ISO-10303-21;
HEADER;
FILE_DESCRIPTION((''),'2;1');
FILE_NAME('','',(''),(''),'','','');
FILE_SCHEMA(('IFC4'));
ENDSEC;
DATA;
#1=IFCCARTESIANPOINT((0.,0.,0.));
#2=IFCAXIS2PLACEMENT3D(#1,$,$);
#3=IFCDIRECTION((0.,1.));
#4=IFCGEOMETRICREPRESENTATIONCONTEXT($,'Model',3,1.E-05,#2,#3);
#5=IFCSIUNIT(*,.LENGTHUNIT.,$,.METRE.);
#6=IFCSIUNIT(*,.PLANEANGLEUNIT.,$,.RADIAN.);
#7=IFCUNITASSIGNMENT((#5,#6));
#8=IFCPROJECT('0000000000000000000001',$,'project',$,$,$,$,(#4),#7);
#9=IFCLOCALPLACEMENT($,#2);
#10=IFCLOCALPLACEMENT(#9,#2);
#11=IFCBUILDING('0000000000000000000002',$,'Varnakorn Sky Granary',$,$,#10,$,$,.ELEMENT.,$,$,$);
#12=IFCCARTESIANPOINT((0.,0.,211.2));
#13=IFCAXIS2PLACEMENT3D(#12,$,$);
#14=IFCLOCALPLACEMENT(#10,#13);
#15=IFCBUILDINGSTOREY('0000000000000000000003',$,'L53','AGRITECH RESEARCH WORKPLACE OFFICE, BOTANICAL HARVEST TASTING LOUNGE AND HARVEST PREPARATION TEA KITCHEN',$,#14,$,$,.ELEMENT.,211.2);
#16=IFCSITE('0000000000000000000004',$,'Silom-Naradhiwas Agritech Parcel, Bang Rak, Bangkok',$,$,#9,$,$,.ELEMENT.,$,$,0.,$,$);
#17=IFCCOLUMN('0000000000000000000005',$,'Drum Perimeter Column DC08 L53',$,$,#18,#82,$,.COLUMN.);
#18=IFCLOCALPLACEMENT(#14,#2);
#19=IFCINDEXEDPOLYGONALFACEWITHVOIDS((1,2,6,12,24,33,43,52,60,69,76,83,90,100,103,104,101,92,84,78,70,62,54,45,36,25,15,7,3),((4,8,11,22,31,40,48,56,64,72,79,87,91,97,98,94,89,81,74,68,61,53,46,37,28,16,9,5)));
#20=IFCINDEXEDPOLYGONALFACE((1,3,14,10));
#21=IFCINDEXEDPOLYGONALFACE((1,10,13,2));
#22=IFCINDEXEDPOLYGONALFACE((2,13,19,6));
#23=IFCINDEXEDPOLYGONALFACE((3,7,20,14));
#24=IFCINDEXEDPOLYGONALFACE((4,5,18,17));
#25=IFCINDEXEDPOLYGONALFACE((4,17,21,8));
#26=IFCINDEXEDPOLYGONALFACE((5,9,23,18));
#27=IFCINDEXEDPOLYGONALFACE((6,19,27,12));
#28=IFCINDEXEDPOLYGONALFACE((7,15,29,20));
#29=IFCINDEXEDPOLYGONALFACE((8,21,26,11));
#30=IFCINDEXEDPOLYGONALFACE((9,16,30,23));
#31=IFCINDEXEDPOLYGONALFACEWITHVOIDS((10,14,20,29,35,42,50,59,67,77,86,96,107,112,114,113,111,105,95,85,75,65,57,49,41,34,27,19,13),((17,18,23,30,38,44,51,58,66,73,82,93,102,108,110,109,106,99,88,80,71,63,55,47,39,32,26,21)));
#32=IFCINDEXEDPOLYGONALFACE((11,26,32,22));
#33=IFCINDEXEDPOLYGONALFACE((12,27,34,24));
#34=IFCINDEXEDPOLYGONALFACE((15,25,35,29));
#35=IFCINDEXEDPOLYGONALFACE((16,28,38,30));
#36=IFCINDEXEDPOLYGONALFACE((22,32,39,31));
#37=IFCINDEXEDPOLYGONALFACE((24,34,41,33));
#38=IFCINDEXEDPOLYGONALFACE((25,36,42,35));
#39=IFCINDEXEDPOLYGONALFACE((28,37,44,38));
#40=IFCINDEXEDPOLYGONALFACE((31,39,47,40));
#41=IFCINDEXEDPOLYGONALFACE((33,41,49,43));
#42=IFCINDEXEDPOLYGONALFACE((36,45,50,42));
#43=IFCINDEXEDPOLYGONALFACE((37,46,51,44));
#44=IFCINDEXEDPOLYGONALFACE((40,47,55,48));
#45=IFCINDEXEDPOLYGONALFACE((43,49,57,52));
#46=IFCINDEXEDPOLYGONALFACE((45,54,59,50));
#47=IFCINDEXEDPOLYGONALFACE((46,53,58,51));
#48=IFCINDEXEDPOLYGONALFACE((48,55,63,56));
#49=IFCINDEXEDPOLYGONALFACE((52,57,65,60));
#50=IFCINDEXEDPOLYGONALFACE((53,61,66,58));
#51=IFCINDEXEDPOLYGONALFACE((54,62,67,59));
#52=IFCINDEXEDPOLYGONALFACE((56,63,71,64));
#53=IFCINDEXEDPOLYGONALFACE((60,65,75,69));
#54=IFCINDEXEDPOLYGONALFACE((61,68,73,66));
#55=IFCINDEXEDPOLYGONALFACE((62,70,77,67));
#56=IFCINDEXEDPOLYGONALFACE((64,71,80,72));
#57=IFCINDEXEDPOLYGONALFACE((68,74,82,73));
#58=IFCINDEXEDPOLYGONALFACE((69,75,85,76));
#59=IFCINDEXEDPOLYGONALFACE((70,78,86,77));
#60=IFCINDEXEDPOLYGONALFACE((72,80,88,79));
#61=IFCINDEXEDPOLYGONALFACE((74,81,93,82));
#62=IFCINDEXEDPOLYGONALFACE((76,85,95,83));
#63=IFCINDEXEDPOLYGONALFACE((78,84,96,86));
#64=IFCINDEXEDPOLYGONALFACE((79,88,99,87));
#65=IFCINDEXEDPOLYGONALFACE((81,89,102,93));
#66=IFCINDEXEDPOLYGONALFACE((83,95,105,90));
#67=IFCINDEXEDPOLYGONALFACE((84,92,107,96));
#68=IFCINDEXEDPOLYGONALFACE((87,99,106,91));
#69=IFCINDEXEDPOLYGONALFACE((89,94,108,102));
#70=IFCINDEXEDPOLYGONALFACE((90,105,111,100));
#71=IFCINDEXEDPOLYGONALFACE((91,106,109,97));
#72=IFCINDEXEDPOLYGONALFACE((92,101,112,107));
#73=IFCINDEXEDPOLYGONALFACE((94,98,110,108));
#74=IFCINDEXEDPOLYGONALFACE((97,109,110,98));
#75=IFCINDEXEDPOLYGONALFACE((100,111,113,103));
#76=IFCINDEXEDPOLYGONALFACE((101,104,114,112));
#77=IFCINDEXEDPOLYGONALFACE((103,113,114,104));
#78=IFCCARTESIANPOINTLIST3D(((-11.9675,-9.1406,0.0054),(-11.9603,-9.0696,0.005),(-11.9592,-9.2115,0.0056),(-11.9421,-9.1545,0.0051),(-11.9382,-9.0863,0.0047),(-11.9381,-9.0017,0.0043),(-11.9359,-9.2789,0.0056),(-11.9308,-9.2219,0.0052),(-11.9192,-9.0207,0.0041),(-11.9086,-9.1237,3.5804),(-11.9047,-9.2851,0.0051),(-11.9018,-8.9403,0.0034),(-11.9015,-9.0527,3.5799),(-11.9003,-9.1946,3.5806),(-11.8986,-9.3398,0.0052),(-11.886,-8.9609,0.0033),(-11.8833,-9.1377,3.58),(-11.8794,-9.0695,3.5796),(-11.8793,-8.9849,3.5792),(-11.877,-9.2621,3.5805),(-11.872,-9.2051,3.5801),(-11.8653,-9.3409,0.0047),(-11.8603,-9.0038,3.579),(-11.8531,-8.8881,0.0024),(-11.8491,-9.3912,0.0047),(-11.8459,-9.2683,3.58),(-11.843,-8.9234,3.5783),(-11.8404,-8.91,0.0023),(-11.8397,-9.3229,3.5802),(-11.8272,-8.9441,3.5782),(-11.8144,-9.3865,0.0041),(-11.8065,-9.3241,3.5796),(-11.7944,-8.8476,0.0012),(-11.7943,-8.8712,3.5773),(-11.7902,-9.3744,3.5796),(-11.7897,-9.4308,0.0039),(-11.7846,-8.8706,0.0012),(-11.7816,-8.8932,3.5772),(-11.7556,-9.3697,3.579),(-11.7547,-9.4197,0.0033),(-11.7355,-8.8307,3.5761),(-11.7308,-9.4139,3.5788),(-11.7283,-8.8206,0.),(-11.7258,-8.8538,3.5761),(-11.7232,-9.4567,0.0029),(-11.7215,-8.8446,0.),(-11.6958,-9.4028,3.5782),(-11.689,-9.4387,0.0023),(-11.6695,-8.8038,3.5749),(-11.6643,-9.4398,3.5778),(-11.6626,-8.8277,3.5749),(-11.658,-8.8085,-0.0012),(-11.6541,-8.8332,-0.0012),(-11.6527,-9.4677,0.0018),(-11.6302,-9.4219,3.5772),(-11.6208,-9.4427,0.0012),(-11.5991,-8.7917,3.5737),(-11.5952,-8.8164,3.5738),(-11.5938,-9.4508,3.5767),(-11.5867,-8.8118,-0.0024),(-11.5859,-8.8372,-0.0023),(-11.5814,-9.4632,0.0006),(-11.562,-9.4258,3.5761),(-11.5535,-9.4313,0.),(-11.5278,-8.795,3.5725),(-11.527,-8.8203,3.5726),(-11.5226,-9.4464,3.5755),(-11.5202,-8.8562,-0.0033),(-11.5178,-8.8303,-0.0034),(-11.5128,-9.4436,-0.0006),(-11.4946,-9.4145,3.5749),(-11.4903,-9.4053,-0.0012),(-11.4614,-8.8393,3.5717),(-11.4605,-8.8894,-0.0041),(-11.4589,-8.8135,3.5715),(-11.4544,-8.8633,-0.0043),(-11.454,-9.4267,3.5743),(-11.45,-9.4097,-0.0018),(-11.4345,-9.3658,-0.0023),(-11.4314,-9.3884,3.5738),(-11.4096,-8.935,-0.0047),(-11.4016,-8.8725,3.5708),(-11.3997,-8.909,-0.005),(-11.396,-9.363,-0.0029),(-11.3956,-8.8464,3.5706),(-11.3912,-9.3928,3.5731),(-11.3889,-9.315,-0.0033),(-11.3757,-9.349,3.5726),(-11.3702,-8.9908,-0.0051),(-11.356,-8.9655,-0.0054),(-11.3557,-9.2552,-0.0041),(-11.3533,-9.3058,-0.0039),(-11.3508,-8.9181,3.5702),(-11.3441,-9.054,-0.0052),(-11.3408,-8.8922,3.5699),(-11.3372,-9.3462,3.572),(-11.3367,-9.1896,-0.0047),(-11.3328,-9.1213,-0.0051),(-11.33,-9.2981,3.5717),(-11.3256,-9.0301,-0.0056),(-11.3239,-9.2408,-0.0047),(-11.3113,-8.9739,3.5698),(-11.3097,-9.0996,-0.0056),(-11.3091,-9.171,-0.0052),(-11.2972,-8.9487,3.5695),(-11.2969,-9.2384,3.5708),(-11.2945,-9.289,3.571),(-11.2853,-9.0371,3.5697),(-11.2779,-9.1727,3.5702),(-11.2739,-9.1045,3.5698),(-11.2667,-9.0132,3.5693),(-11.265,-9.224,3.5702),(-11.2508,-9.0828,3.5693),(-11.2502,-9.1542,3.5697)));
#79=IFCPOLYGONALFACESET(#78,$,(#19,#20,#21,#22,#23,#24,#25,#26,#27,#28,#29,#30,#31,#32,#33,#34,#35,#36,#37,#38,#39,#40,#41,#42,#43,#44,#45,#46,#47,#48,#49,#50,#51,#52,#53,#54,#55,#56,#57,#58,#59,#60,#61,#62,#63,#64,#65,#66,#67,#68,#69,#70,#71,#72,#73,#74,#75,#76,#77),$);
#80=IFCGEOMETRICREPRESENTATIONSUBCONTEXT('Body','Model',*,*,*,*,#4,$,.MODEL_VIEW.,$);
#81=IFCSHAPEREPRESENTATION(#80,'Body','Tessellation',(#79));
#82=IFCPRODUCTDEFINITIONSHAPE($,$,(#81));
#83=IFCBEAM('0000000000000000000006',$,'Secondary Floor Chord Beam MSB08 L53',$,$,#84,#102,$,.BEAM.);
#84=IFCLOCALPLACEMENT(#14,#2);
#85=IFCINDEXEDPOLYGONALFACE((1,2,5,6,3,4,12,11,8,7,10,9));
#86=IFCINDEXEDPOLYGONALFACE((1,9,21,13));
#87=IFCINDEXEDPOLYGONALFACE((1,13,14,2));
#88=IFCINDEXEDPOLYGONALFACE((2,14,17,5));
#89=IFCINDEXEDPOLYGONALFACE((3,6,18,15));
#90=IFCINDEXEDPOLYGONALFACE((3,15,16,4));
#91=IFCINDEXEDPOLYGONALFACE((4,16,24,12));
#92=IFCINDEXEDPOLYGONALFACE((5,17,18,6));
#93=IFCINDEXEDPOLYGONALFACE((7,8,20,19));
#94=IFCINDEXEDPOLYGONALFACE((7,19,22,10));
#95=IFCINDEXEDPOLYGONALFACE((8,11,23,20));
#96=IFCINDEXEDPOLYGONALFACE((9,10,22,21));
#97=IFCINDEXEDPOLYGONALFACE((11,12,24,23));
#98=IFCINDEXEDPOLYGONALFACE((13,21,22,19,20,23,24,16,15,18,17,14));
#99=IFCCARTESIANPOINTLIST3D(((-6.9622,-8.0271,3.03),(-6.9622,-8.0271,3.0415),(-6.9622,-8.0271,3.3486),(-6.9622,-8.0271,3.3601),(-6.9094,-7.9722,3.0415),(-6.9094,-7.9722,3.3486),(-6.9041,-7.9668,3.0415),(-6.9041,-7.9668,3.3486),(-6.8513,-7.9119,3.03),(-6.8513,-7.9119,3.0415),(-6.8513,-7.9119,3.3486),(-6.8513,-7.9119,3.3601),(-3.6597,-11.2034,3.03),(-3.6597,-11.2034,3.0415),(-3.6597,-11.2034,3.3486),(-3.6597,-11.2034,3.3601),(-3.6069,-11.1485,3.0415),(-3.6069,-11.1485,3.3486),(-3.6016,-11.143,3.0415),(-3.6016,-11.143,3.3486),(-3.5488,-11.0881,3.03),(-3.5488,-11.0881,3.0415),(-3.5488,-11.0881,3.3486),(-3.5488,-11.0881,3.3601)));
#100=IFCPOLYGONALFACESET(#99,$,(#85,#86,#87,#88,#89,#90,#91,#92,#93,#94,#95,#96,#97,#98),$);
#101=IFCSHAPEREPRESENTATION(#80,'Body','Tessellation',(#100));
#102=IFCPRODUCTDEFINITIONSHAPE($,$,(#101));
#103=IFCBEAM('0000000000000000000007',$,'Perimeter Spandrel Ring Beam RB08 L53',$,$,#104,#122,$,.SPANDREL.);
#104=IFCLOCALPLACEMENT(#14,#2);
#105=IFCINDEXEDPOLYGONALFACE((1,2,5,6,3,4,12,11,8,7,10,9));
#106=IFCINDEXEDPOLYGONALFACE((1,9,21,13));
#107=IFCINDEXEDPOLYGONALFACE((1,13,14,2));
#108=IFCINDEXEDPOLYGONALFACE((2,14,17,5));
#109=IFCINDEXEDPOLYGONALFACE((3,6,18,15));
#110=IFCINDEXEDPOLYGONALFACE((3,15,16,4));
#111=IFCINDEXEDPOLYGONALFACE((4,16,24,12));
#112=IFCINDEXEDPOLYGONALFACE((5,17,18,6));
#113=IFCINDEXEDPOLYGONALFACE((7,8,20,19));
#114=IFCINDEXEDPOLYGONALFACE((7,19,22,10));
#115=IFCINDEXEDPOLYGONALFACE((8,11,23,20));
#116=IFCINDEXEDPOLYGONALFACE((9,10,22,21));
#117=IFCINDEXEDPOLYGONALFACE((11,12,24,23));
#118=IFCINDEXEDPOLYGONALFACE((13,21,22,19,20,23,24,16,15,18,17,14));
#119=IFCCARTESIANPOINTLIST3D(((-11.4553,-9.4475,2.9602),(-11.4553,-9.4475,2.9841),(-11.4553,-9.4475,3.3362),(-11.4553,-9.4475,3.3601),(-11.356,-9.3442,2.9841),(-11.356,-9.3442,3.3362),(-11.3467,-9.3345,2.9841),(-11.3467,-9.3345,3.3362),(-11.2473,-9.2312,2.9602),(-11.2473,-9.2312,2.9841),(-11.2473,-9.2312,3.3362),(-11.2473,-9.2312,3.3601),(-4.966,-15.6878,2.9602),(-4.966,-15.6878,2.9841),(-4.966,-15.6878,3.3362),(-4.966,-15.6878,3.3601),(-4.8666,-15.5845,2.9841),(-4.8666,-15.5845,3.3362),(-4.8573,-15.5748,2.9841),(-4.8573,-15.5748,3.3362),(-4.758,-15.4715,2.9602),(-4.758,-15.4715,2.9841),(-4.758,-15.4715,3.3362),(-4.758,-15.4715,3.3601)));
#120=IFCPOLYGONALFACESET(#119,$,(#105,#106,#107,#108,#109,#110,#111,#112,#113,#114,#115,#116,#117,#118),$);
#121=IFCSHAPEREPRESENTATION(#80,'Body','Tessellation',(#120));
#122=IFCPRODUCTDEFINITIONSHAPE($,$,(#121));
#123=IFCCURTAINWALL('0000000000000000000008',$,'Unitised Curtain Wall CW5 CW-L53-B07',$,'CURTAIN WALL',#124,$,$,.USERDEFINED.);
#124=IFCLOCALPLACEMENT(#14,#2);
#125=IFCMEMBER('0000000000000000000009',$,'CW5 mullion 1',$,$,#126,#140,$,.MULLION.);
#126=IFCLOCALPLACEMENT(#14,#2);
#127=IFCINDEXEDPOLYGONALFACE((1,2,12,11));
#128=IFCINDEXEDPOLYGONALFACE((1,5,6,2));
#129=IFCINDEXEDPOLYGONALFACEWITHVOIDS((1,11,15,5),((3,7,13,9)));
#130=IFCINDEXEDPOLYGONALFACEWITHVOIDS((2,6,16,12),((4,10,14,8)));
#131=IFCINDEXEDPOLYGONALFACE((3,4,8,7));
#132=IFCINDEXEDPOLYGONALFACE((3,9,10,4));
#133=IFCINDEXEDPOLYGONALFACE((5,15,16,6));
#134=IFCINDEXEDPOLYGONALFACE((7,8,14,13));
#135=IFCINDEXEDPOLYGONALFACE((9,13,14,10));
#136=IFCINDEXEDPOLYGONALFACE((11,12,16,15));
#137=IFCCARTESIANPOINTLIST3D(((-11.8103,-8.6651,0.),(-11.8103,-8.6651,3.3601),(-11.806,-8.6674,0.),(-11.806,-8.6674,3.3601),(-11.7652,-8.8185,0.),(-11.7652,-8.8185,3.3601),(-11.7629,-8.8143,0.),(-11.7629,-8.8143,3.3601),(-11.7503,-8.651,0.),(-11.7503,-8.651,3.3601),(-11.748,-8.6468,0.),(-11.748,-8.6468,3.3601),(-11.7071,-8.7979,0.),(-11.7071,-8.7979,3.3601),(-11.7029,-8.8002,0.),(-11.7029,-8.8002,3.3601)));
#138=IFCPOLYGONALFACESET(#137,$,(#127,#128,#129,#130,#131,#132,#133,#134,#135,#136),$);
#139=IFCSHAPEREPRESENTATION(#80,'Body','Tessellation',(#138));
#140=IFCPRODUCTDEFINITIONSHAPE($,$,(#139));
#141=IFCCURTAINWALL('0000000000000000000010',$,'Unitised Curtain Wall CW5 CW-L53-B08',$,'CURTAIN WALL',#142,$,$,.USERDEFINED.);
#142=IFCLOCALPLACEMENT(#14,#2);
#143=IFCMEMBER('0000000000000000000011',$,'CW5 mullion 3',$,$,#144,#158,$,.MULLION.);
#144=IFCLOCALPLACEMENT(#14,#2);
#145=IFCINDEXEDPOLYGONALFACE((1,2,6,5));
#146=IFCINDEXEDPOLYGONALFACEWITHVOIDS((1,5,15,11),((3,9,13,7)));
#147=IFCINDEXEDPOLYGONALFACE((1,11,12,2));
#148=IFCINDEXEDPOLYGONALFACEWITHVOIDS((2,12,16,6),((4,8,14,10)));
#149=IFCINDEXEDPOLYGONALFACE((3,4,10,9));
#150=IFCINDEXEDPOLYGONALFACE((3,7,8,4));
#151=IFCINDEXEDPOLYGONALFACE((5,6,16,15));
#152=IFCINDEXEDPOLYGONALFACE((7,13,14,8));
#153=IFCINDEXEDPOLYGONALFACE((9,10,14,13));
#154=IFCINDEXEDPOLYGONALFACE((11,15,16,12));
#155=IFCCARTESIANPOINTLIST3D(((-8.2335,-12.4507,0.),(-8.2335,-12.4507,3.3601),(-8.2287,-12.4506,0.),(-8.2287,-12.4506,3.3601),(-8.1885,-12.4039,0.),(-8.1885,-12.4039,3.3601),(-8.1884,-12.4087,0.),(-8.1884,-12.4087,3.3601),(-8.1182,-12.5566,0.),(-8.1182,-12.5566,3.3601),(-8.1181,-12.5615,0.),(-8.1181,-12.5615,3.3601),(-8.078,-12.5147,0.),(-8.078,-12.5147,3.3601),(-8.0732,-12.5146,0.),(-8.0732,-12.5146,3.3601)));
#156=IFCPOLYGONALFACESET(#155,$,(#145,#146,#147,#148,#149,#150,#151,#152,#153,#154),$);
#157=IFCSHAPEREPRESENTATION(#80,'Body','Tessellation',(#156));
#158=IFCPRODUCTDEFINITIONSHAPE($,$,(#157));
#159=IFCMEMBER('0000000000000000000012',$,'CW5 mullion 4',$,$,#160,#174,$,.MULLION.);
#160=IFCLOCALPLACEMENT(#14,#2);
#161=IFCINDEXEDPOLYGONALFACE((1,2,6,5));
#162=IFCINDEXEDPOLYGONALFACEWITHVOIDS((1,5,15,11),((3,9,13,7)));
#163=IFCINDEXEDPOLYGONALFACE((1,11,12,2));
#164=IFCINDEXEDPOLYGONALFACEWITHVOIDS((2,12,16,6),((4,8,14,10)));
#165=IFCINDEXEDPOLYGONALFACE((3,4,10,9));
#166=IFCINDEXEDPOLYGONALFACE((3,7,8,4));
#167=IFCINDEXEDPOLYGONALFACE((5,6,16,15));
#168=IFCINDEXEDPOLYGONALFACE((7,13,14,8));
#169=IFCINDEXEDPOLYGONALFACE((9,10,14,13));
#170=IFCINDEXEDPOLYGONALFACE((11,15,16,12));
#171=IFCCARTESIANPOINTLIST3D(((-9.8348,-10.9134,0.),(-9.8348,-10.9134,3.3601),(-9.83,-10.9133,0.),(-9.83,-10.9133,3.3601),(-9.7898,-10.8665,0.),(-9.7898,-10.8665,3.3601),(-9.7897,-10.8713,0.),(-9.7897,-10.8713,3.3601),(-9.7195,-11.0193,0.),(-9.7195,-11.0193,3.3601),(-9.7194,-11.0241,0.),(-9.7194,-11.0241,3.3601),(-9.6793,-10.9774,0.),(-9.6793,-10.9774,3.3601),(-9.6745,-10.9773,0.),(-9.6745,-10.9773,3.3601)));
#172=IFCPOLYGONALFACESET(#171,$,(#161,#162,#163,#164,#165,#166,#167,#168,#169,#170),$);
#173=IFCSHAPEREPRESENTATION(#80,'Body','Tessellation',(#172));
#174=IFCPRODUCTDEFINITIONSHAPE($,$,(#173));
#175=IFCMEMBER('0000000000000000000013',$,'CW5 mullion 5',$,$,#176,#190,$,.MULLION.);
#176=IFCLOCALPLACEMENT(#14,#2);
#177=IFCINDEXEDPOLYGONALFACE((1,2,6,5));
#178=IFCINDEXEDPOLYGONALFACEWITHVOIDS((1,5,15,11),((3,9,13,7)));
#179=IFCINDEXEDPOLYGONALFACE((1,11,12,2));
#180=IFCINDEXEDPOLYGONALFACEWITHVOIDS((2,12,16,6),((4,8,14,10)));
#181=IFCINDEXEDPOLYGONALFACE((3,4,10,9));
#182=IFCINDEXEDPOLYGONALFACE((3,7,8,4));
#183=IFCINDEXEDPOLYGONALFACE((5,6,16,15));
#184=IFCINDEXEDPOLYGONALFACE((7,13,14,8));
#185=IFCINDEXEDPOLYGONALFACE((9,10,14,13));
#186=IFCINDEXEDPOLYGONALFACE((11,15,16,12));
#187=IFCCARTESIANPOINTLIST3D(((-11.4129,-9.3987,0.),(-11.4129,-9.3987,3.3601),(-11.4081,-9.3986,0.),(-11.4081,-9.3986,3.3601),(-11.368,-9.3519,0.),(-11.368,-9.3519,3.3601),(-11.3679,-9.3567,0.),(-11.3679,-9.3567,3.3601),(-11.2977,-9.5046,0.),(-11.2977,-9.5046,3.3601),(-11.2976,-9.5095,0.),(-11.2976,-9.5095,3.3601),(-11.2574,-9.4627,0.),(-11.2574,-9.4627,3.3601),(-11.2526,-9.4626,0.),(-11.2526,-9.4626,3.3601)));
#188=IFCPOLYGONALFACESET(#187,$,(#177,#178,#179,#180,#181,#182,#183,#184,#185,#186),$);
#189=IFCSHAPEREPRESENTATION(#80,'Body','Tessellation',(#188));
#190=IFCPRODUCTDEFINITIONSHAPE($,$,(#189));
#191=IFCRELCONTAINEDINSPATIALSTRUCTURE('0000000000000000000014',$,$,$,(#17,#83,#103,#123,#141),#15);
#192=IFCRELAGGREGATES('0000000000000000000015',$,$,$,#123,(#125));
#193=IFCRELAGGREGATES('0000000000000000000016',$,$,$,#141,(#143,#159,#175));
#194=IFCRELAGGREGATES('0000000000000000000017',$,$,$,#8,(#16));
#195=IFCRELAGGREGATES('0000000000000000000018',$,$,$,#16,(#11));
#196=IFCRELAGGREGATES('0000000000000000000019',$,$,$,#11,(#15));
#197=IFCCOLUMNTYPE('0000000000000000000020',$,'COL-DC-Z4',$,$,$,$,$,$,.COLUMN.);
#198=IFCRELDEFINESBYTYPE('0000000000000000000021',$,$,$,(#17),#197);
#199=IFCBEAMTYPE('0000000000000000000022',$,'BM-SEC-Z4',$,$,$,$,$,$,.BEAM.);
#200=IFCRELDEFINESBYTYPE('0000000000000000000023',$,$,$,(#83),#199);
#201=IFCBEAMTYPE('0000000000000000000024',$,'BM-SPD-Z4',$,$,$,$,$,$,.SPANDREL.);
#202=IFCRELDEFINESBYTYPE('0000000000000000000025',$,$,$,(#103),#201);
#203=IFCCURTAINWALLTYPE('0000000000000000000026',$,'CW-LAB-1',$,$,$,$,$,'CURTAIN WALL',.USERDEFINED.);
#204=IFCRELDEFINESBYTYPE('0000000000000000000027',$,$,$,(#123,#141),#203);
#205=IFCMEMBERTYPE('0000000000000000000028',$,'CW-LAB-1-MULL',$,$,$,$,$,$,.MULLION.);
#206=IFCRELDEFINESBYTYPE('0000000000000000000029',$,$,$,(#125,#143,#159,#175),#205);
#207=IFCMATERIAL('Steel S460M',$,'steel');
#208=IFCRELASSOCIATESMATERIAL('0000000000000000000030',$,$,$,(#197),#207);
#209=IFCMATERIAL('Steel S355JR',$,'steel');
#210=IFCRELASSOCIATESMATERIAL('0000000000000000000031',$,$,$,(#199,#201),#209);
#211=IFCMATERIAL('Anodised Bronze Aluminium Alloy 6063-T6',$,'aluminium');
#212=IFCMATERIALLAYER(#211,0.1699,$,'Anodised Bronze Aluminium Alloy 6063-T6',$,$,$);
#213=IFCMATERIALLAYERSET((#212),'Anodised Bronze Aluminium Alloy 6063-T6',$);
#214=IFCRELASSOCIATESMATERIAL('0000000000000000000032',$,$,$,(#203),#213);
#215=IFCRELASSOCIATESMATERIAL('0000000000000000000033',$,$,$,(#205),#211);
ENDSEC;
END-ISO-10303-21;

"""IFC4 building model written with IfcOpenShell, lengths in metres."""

from ifc_helpers import new_model, si_unit, direction, frame, origin, origin_2d, place, context, subcontext, project, spatial, hollow_rectangle, hollow_circle, i_section, extrude, material, layer, layer_set, material_profile, profile_set, type_object, element, aggregate, save


model = new_model("IFC4")

# Units and contexts
model_context = context("Model", 3, precision=1e-05, world=origin(), true_north=direction((0.0, 1.0)))
body_context = subcontext(model_context, "Body", "Model", "MODEL_VIEW")
ifc_project = project(units=[si_unit("LENGTHUNIT", "METRE"), si_unit("PLANEANGLEUNIT", "RADIAN")], contexts=[model_context])

# Site, building, storey
site_placement = place(None, origin())
site = spatial("IfcSite", under=ifc_project, at=site_placement, Name="Silom-Naradhiwas Agritech Parcel, Bang Rak, Bangkok", CompositionType="ELEMENT", RefElevation=0.0)
building_placement = place(site_placement, origin())
building = spatial("IfcBuilding", under=site, at=building_placement, Name="Varnakorn Sky Granary", CompositionType="ELEMENT")
storey_placement = place(building_placement, frame((0.0, 0.0, 211.2)))
storey = spatial("IfcBuildingStorey", under=building, at=storey_placement, Name="L53", Description="AGRITECH RESEARCH WORKPLACE OFFICE, BOTANICAL HARVEST TASTING LOUNGE AND HARVEST PREPARATION TEA KITCHEN", CompositionType="ELEMENT", Elevation=211.2)

# Column
ifc_material_1 = material(Name="Steel S460M", Category="steel")
ifc_material_profile_1 = material_profile(ifc_material_1, hollow_circle(Radius=0.3301, WallThickness=0.0249, at=origin_2d()), Name="CHS 660x25")
ifc_profile_set_1 = profile_set([ifc_material_profile_1], Name="Steel S460M")
column_type = type_object("IfcColumnType", Name="COL-DC-Z4", PredefinedType="COLUMN", material=ifc_profile_set_1)
column_placement = place(storey_placement, frame((-11.6375, -9.1379, 0.0), z_axis=(0.016456, 0.004711, 0.999853), x_axis=(-0.275248, 0.961373, 0.0)))
element("IfcColumn", 1, at=column_placement, inside=storey, type_object=column_type, Name="Drum Perimeter Column DC08 L53", PredefinedType="COLUMN", context=body_context, shape_type="SweptSolid", body=[
    extrude(hollow_circle(Radius=0.3301, WallThickness=0.0249, at=origin_2d()), origin(), (0.0, 0.0, 1.0), 3.5754),
])

# Beams
ifc_material_2 = material(Name="Steel S355JR", Category="steel")
ifc_material_profile_2 = material_profile(ifc_material_2, i_section(OverallWidth=0.1599, OverallDepth=0.3301, WebThickness=0.0076, FlangeThickness=0.0115, at=origin_2d()), Name="IPE 330")
ifc_profile_set_2 = profile_set([ifc_material_profile_2], Name="Steel S355JR")
beam_type_1 = type_object("IfcBeamType", Name="BM-SEC-Z4", PredefinedType="BEAM", material=ifc_profile_set_2)
beam_1_placement = place(storey_placement, frame((-6.9067, -7.9695, 3.1951), z_axis=(0.720746, -0.693199, 0.0), x_axis=(0.693199, 0.720746, 0.0)))
element("IfcBeam", 2, at=beam_1_placement, inside=storey, type_object=beam_type_1, Name="Secondary Floor Chord Beam MSB08 L53", PredefinedType="BEAM", context=body_context, shape_type="SweptSolid", body=[
    extrude(i_section(OverallWidth=0.1599, OverallDepth=0.3301, WebThickness=0.0076, FlangeThickness=0.0115, at=origin_2d()), origin(), (0.0, 0.0, 1.0), 4.582),
])
ifc_material_profile_3 = material_profile(ifc_material_2, i_section(OverallWidth=0.3, OverallDepth=0.3999, WebThickness=0.0134, FlangeThickness=0.0239, at=origin_2d()), Name="HE 400 B")
ifc_profile_set_3 = profile_set([ifc_material_profile_3], Name="Steel S355JR")
beam_type_2 = type_object("IfcBeamType", Name="BM-SPD-Z4", PredefinedType="SPANDREL", material=ifc_profile_set_3)
beam_2_placement = place(storey_placement, frame((-11.3513, -9.3394, 3.1602), z_axis=(0.720802, -0.693141, 0.0), x_axis=(0.693141, 0.720802, 0.0)))
element("IfcBeam", 3, at=beam_2_placement, inside=storey, type_object=beam_type_2, Name="Perimeter Spandrel Ring Beam RB08 L53", PredefinedType="SPANDREL", context=body_context, shape_type="SweptSolid", body=[
    extrude(i_section(OverallWidth=0.3, OverallDepth=0.3999, WebThickness=0.0134, FlangeThickness=0.0239, at=origin_2d()), origin(), (0.0, 0.0, 1.0), 9.0029),
])

# Curtain wall, member
ifc_material_3 = material(Name="Anodised Bronze Aluminium Alloy 6063-T6", Category="aluminium")
ifc_layer_1 = layer(ifc_material_3, 0.1699, Name="Anodised Bronze Aluminium Alloy 6063-T6")
ifc_layer_set_1 = layer_set([ifc_layer_1], Name="Anodised Bronze Aluminium Alloy 6063-T6")
curtain_wall_type = type_object("IfcCurtainWallType", Name="CW-LAB-1", ElementType="CURTAIN WALL", PredefinedType="USERDEFINED", material=ifc_layer_set_1)
curtain_wall_1_placement = place(storey_placement, origin())
curtain_wall_1 = element("IfcCurtainWall", 4, at=curtain_wall_1_placement, inside=storey, type_object=curtain_wall_type, Name="Unitised Curtain Wall CW5 CW-L53-B07", ObjectType="CURTAIN WALL", PredefinedType="USERDEFINED")
ifc_material_profile_4 = material_profile(ifc_material_3, hollow_rectangle(XDim=0.0649, YDim=0.1599, WallThickness=0.0034, at=origin_2d()), Name="ALU MULL 65x160")
ifc_profile_set_4 = profile_set([ifc_material_profile_4], Name="Anodised Bronze Aluminium Alloy 6063-T6")
member_type_1 = type_object("IfcMemberType", Name="CW-LAB-1-MULL", PredefinedType="MULLION", material=ifc_profile_set_4)
member_1_placement = place(storey_placement, frame((-11.7566, -8.7327, 0.0), z_axis=(0.0, 0.0, 1.0), x_axis=(-0.959425, -0.281963, 0.0)))
member_1 = element("IfcMember", 5, at=member_1_placement, type_object=member_type_1, Name="CW5 mullion 1", PredefinedType="MULLION", context=body_context, shape_type="SweptSolid", body=[
    extrude(hollow_rectangle(XDim=0.0649, YDim=0.1599, WallThickness=0.0034, at=origin_2d()), origin(), (0.0, 0.0, 1.0), 3.3601),
])

# Curtain wall, members
curtain_wall_2_placement = place(storey_placement, origin())
curtain_wall_2 = element("IfcCurtainWall", 6, at=curtain_wall_2_placement, inside=storey, type_object=curtain_wall_type, Name="Unitised Curtain Wall CW5 CW-L53-B08", ObjectType="CURTAIN WALL", PredefinedType="USERDEFINED")
member_2_placement = place(storey_placement, frame((-8.1533, -12.4827, 0.0), z_axis=(0.0, 0.0, 1.0), x_axis=(-0.692516, -0.721402, 0.0)))
member_2 = element("IfcMember", 7, at=member_2_placement, type_object=member_type_1, Name="CW5 mullion 3", PredefinedType="MULLION", context=body_context, shape_type="SweptSolid", body=[
    extrude(hollow_rectangle(XDim=0.0649, YDim=0.1599, WallThickness=0.0034, at=origin_2d()), origin(), (0.0, 0.0, 1.0), 3.3601),
])
member_3_placement = place(storey_placement, frame((-9.7546, -10.9453, 0.0), z_axis=(0.0, 0.0, 1.0), x_axis=(-0.692516, -0.721402, 0.0)))
member_3 = element("IfcMember", 8, at=member_3_placement, type_object=member_type_1, Name="CW5 mullion 4", PredefinedType="MULLION", context=body_context, shape_type="SweptSolid", body=[
    extrude(hollow_rectangle(XDim=0.0649, YDim=0.1599, WallThickness=0.0034, at=origin_2d()), origin(), (0.0, 0.0, 1.0), 3.3601),
])
member_4_placement = place(storey_placement, frame((-11.3328, -9.4307, 0.0), z_axis=(0.0, 0.0, 1.0), x_axis=(-0.692516, -0.721402, 0.0)))
member_4 = element("IfcMember", 9, at=member_4_placement, type_object=member_type_1, Name="CW5 mullion 5", PredefinedType="MULLION", context=body_context, shape_type="SweptSolid", body=[
    extrude(hollow_rectangle(XDim=0.0649, YDim=0.1599, WallThickness=0.0034, at=origin_2d()), origin(), (0.0, 0.0, 1.0), 3.3601),
])

aggregate(curtain_wall_1, [member_1])
aggregate(curtain_wall_2, [member_2, member_3, member_4])

save(model, "model.ifc")
